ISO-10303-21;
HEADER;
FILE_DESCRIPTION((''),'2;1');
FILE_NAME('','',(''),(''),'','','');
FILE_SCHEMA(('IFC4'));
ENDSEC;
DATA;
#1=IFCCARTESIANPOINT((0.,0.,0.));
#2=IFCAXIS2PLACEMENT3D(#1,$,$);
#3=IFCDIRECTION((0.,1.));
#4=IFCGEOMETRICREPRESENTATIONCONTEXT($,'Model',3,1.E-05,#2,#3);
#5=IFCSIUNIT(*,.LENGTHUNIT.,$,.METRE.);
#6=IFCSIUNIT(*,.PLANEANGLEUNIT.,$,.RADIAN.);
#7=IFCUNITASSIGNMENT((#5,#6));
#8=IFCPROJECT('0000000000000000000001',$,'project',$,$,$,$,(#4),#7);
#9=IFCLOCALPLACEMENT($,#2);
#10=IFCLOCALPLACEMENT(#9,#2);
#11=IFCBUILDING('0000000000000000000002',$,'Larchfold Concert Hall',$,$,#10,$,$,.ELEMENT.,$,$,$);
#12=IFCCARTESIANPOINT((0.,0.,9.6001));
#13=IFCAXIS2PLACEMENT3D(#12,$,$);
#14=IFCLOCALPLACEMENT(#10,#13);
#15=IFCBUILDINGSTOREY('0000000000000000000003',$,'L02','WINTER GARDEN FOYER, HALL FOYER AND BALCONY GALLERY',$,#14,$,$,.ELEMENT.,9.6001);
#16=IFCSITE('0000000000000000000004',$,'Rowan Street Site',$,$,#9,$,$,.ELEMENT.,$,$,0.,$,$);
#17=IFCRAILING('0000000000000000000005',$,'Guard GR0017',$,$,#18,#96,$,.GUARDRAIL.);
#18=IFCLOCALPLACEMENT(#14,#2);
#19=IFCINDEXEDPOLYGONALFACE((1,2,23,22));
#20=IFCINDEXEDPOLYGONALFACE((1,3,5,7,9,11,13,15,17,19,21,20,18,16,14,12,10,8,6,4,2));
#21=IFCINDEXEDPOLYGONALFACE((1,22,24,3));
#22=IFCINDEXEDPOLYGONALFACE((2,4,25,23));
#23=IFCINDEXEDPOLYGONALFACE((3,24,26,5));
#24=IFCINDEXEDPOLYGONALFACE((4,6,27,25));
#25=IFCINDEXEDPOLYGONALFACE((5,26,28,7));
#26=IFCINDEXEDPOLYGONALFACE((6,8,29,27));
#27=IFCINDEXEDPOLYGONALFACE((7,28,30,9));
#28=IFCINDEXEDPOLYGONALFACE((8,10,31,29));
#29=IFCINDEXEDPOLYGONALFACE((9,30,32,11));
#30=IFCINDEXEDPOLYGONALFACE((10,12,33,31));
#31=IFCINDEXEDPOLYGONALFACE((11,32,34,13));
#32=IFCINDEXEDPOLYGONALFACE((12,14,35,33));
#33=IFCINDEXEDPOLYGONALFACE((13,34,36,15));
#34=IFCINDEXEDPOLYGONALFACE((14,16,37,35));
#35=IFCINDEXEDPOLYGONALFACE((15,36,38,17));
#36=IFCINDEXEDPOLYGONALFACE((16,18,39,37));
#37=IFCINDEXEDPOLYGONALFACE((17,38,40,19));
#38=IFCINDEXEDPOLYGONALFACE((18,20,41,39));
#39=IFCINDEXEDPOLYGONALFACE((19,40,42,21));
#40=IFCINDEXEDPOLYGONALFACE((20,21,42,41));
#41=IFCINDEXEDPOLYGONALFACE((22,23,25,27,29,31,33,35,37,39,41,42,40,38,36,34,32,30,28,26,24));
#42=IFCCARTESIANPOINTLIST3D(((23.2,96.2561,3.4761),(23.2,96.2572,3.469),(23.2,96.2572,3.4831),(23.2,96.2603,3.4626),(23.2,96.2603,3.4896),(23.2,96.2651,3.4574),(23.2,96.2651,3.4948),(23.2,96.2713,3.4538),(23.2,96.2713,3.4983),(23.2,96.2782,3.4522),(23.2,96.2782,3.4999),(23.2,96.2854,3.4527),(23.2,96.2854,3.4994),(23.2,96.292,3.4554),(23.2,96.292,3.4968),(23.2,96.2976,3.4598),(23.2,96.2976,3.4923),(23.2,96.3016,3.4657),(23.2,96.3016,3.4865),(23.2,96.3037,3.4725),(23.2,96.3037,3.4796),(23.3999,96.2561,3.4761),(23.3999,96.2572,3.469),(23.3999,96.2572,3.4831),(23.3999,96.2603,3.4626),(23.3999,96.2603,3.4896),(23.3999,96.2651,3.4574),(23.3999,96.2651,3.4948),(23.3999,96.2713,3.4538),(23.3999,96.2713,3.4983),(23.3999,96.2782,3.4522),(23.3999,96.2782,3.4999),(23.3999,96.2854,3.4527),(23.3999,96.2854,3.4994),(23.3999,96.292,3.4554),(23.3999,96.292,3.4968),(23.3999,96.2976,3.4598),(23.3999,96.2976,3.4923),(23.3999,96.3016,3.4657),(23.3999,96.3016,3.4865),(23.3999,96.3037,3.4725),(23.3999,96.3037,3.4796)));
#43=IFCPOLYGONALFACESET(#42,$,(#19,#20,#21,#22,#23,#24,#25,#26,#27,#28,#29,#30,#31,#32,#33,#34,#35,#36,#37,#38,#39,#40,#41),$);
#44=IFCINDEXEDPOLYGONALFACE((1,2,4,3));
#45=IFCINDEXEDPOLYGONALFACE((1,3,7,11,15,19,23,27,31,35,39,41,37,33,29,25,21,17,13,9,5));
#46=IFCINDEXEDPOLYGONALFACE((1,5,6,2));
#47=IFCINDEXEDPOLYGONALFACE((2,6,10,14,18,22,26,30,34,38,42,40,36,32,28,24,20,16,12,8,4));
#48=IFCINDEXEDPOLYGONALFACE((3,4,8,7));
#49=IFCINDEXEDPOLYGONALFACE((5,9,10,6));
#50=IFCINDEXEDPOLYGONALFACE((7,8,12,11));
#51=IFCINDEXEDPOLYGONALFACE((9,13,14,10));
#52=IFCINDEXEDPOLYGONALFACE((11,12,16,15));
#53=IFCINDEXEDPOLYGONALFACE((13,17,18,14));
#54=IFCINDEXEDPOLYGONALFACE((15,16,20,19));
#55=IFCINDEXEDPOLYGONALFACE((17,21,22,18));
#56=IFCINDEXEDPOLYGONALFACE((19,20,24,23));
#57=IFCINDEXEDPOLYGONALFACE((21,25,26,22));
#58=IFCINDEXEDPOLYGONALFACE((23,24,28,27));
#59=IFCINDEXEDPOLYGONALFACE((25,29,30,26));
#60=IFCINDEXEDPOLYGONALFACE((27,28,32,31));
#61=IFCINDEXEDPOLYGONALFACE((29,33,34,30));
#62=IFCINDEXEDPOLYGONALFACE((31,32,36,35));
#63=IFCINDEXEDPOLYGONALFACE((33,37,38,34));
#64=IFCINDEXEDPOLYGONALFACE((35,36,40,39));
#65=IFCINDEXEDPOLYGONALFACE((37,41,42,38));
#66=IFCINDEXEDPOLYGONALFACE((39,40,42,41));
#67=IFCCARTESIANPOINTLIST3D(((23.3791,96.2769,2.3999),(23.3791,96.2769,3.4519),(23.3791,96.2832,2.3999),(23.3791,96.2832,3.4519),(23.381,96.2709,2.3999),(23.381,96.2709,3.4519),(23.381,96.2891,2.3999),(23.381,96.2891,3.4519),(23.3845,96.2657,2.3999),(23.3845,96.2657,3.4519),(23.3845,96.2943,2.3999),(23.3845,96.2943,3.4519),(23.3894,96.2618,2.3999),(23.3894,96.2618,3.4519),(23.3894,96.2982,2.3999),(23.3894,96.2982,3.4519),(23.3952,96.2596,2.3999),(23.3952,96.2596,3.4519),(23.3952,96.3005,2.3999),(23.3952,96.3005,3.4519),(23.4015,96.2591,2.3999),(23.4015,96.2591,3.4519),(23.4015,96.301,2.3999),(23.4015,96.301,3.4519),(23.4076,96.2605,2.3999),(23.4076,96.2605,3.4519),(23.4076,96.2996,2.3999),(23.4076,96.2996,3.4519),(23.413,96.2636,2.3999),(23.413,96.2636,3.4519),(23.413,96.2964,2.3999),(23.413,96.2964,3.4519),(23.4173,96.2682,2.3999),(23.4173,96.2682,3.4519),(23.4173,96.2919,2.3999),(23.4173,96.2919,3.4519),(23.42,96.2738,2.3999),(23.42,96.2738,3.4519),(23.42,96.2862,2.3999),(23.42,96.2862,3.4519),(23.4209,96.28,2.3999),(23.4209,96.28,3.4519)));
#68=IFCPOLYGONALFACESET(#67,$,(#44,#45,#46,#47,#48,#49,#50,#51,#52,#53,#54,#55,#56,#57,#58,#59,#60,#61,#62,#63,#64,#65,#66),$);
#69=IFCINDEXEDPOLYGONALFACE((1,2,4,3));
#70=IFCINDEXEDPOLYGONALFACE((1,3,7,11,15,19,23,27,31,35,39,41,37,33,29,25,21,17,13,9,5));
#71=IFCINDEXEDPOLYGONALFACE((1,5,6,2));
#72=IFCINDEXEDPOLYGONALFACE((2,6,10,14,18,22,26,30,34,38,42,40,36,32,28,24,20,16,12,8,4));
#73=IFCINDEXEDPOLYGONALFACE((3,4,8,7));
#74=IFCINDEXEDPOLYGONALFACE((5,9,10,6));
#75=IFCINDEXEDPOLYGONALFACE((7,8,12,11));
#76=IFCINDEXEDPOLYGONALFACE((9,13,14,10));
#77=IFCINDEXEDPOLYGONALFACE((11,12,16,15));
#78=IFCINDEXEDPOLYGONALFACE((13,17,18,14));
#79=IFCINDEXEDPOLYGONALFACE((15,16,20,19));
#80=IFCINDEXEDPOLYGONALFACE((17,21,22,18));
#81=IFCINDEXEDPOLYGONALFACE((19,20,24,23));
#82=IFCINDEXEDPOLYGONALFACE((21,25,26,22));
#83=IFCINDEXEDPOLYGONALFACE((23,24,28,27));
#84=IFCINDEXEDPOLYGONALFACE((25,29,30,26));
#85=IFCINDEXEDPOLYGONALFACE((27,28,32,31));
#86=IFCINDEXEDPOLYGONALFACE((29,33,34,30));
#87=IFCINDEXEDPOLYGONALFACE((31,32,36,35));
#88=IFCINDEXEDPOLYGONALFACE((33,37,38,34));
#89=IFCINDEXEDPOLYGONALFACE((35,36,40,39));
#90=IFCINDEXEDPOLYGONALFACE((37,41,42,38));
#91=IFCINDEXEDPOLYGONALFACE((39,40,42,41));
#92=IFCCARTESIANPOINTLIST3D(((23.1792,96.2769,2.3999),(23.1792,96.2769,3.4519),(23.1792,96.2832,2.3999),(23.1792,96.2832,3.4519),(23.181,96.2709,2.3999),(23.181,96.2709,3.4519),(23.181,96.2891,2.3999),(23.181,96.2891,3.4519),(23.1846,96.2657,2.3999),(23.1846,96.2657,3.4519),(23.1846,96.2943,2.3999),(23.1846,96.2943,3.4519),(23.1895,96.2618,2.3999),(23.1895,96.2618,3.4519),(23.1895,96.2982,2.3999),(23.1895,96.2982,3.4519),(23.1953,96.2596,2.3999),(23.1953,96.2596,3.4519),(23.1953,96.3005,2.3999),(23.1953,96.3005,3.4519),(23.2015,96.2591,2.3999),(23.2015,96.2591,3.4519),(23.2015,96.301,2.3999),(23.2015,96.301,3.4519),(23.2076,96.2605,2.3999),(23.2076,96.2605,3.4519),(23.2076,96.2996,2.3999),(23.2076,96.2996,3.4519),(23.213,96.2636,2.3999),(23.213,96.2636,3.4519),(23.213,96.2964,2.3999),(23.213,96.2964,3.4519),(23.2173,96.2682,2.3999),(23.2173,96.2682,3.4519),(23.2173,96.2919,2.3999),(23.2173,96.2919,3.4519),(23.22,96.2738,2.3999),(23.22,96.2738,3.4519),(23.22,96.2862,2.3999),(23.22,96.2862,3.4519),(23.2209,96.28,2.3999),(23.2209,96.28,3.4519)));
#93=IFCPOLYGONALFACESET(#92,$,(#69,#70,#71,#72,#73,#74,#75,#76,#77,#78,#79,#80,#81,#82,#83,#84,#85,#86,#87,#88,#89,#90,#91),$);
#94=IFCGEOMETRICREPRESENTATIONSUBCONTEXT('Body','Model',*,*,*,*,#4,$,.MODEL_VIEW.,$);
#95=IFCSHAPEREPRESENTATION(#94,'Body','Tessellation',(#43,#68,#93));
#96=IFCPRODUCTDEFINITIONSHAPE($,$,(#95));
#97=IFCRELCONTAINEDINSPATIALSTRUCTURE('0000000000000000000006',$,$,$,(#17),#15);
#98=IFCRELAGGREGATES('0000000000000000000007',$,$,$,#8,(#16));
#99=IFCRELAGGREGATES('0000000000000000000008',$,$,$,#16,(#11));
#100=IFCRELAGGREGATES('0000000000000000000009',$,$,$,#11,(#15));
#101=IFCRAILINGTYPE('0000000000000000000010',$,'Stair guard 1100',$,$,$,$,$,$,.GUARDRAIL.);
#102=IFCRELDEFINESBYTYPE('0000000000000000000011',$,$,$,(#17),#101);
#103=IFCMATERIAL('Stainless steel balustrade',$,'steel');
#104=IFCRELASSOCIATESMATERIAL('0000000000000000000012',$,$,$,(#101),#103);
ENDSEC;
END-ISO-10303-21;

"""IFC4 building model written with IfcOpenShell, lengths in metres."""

from ifc_helpers import new_model, si_unit, direction, frame, origin, origin_2d, place, context, subcontext, project, spatial, circle, extrude, material, type_object, element, save


model = new_model("IFC4")

# Units and contexts
model_context = context("Model", 3, precision=1e-05, world=origin(), true_north=direction((0.0, 1.0)))
body_context = subcontext(model_context, "Body", "Model", "MODEL_VIEW")
ifc_project = project(units=[si_unit("LENGTHUNIT", "METRE"), si_unit("PLANEANGLEUNIT", "RADIAN")], contexts=[model_context])

# Site, building, storey
site_placement = place(None, origin())
site = spatial("IfcSite", under=ifc_project, at=site_placement, Name="Rowan Street Site", CompositionType="ELEMENT", RefElevation=0.0)
building_placement = place(site_placement, origin())
building = spatial("IfcBuilding", under=site, at=building_placement, Name="Larchfold Concert Hall", CompositionType="ELEMENT")
storey_placement = place(building_placement, frame((0.0, 0.0, 9.6001)))
storey = spatial("IfcBuildingStorey", under=building, at=storey_placement, Name="L02", Description="WINTER GARDEN FOYER, HALL FOYER AND BALCONY GALLERY", CompositionType="ELEMENT", Elevation=9.6001)

# Railing
ifc_material_1 = material(Name="Stainless steel balustrade", Category="steel")
railing_type_1 = type_object("IfcRailingType", Name="Stair guard 1100", PredefinedType="GUARDRAIL", material=ifc_material_1)
railing_1_placement = place(storey_placement, frame((23.3999, 96.28, 2.3999)))
element("IfcRailing", 1, at=railing_1_placement, inside=storey, type_object=railing_type_1, Name="Guard GR0017", PredefinedType="GUARDRAIL", context=body_context, shape_type="SweptSolid", body=[
    extrude(circle(Radius=0.0239, at=origin_2d()), frame((0.0, 0.0, 1.0762), z_axis=(-1.0, 0.0, 0.0), x_axis=(0.0, -1.0, 0.0)), (0.0, 0.0, 1.0), 0.2),
    extrude(circle(Radius=0.021, at=origin_2d()), origin(), (0.0, 0.0, 1.0), 1.052),
    extrude(circle(Radius=0.021, at=origin_2d()), frame((-0.2, 0.0, 0.0)), (0.0, 0.0, 1.0), 1.052),
])

save(model, "model.ifc")
